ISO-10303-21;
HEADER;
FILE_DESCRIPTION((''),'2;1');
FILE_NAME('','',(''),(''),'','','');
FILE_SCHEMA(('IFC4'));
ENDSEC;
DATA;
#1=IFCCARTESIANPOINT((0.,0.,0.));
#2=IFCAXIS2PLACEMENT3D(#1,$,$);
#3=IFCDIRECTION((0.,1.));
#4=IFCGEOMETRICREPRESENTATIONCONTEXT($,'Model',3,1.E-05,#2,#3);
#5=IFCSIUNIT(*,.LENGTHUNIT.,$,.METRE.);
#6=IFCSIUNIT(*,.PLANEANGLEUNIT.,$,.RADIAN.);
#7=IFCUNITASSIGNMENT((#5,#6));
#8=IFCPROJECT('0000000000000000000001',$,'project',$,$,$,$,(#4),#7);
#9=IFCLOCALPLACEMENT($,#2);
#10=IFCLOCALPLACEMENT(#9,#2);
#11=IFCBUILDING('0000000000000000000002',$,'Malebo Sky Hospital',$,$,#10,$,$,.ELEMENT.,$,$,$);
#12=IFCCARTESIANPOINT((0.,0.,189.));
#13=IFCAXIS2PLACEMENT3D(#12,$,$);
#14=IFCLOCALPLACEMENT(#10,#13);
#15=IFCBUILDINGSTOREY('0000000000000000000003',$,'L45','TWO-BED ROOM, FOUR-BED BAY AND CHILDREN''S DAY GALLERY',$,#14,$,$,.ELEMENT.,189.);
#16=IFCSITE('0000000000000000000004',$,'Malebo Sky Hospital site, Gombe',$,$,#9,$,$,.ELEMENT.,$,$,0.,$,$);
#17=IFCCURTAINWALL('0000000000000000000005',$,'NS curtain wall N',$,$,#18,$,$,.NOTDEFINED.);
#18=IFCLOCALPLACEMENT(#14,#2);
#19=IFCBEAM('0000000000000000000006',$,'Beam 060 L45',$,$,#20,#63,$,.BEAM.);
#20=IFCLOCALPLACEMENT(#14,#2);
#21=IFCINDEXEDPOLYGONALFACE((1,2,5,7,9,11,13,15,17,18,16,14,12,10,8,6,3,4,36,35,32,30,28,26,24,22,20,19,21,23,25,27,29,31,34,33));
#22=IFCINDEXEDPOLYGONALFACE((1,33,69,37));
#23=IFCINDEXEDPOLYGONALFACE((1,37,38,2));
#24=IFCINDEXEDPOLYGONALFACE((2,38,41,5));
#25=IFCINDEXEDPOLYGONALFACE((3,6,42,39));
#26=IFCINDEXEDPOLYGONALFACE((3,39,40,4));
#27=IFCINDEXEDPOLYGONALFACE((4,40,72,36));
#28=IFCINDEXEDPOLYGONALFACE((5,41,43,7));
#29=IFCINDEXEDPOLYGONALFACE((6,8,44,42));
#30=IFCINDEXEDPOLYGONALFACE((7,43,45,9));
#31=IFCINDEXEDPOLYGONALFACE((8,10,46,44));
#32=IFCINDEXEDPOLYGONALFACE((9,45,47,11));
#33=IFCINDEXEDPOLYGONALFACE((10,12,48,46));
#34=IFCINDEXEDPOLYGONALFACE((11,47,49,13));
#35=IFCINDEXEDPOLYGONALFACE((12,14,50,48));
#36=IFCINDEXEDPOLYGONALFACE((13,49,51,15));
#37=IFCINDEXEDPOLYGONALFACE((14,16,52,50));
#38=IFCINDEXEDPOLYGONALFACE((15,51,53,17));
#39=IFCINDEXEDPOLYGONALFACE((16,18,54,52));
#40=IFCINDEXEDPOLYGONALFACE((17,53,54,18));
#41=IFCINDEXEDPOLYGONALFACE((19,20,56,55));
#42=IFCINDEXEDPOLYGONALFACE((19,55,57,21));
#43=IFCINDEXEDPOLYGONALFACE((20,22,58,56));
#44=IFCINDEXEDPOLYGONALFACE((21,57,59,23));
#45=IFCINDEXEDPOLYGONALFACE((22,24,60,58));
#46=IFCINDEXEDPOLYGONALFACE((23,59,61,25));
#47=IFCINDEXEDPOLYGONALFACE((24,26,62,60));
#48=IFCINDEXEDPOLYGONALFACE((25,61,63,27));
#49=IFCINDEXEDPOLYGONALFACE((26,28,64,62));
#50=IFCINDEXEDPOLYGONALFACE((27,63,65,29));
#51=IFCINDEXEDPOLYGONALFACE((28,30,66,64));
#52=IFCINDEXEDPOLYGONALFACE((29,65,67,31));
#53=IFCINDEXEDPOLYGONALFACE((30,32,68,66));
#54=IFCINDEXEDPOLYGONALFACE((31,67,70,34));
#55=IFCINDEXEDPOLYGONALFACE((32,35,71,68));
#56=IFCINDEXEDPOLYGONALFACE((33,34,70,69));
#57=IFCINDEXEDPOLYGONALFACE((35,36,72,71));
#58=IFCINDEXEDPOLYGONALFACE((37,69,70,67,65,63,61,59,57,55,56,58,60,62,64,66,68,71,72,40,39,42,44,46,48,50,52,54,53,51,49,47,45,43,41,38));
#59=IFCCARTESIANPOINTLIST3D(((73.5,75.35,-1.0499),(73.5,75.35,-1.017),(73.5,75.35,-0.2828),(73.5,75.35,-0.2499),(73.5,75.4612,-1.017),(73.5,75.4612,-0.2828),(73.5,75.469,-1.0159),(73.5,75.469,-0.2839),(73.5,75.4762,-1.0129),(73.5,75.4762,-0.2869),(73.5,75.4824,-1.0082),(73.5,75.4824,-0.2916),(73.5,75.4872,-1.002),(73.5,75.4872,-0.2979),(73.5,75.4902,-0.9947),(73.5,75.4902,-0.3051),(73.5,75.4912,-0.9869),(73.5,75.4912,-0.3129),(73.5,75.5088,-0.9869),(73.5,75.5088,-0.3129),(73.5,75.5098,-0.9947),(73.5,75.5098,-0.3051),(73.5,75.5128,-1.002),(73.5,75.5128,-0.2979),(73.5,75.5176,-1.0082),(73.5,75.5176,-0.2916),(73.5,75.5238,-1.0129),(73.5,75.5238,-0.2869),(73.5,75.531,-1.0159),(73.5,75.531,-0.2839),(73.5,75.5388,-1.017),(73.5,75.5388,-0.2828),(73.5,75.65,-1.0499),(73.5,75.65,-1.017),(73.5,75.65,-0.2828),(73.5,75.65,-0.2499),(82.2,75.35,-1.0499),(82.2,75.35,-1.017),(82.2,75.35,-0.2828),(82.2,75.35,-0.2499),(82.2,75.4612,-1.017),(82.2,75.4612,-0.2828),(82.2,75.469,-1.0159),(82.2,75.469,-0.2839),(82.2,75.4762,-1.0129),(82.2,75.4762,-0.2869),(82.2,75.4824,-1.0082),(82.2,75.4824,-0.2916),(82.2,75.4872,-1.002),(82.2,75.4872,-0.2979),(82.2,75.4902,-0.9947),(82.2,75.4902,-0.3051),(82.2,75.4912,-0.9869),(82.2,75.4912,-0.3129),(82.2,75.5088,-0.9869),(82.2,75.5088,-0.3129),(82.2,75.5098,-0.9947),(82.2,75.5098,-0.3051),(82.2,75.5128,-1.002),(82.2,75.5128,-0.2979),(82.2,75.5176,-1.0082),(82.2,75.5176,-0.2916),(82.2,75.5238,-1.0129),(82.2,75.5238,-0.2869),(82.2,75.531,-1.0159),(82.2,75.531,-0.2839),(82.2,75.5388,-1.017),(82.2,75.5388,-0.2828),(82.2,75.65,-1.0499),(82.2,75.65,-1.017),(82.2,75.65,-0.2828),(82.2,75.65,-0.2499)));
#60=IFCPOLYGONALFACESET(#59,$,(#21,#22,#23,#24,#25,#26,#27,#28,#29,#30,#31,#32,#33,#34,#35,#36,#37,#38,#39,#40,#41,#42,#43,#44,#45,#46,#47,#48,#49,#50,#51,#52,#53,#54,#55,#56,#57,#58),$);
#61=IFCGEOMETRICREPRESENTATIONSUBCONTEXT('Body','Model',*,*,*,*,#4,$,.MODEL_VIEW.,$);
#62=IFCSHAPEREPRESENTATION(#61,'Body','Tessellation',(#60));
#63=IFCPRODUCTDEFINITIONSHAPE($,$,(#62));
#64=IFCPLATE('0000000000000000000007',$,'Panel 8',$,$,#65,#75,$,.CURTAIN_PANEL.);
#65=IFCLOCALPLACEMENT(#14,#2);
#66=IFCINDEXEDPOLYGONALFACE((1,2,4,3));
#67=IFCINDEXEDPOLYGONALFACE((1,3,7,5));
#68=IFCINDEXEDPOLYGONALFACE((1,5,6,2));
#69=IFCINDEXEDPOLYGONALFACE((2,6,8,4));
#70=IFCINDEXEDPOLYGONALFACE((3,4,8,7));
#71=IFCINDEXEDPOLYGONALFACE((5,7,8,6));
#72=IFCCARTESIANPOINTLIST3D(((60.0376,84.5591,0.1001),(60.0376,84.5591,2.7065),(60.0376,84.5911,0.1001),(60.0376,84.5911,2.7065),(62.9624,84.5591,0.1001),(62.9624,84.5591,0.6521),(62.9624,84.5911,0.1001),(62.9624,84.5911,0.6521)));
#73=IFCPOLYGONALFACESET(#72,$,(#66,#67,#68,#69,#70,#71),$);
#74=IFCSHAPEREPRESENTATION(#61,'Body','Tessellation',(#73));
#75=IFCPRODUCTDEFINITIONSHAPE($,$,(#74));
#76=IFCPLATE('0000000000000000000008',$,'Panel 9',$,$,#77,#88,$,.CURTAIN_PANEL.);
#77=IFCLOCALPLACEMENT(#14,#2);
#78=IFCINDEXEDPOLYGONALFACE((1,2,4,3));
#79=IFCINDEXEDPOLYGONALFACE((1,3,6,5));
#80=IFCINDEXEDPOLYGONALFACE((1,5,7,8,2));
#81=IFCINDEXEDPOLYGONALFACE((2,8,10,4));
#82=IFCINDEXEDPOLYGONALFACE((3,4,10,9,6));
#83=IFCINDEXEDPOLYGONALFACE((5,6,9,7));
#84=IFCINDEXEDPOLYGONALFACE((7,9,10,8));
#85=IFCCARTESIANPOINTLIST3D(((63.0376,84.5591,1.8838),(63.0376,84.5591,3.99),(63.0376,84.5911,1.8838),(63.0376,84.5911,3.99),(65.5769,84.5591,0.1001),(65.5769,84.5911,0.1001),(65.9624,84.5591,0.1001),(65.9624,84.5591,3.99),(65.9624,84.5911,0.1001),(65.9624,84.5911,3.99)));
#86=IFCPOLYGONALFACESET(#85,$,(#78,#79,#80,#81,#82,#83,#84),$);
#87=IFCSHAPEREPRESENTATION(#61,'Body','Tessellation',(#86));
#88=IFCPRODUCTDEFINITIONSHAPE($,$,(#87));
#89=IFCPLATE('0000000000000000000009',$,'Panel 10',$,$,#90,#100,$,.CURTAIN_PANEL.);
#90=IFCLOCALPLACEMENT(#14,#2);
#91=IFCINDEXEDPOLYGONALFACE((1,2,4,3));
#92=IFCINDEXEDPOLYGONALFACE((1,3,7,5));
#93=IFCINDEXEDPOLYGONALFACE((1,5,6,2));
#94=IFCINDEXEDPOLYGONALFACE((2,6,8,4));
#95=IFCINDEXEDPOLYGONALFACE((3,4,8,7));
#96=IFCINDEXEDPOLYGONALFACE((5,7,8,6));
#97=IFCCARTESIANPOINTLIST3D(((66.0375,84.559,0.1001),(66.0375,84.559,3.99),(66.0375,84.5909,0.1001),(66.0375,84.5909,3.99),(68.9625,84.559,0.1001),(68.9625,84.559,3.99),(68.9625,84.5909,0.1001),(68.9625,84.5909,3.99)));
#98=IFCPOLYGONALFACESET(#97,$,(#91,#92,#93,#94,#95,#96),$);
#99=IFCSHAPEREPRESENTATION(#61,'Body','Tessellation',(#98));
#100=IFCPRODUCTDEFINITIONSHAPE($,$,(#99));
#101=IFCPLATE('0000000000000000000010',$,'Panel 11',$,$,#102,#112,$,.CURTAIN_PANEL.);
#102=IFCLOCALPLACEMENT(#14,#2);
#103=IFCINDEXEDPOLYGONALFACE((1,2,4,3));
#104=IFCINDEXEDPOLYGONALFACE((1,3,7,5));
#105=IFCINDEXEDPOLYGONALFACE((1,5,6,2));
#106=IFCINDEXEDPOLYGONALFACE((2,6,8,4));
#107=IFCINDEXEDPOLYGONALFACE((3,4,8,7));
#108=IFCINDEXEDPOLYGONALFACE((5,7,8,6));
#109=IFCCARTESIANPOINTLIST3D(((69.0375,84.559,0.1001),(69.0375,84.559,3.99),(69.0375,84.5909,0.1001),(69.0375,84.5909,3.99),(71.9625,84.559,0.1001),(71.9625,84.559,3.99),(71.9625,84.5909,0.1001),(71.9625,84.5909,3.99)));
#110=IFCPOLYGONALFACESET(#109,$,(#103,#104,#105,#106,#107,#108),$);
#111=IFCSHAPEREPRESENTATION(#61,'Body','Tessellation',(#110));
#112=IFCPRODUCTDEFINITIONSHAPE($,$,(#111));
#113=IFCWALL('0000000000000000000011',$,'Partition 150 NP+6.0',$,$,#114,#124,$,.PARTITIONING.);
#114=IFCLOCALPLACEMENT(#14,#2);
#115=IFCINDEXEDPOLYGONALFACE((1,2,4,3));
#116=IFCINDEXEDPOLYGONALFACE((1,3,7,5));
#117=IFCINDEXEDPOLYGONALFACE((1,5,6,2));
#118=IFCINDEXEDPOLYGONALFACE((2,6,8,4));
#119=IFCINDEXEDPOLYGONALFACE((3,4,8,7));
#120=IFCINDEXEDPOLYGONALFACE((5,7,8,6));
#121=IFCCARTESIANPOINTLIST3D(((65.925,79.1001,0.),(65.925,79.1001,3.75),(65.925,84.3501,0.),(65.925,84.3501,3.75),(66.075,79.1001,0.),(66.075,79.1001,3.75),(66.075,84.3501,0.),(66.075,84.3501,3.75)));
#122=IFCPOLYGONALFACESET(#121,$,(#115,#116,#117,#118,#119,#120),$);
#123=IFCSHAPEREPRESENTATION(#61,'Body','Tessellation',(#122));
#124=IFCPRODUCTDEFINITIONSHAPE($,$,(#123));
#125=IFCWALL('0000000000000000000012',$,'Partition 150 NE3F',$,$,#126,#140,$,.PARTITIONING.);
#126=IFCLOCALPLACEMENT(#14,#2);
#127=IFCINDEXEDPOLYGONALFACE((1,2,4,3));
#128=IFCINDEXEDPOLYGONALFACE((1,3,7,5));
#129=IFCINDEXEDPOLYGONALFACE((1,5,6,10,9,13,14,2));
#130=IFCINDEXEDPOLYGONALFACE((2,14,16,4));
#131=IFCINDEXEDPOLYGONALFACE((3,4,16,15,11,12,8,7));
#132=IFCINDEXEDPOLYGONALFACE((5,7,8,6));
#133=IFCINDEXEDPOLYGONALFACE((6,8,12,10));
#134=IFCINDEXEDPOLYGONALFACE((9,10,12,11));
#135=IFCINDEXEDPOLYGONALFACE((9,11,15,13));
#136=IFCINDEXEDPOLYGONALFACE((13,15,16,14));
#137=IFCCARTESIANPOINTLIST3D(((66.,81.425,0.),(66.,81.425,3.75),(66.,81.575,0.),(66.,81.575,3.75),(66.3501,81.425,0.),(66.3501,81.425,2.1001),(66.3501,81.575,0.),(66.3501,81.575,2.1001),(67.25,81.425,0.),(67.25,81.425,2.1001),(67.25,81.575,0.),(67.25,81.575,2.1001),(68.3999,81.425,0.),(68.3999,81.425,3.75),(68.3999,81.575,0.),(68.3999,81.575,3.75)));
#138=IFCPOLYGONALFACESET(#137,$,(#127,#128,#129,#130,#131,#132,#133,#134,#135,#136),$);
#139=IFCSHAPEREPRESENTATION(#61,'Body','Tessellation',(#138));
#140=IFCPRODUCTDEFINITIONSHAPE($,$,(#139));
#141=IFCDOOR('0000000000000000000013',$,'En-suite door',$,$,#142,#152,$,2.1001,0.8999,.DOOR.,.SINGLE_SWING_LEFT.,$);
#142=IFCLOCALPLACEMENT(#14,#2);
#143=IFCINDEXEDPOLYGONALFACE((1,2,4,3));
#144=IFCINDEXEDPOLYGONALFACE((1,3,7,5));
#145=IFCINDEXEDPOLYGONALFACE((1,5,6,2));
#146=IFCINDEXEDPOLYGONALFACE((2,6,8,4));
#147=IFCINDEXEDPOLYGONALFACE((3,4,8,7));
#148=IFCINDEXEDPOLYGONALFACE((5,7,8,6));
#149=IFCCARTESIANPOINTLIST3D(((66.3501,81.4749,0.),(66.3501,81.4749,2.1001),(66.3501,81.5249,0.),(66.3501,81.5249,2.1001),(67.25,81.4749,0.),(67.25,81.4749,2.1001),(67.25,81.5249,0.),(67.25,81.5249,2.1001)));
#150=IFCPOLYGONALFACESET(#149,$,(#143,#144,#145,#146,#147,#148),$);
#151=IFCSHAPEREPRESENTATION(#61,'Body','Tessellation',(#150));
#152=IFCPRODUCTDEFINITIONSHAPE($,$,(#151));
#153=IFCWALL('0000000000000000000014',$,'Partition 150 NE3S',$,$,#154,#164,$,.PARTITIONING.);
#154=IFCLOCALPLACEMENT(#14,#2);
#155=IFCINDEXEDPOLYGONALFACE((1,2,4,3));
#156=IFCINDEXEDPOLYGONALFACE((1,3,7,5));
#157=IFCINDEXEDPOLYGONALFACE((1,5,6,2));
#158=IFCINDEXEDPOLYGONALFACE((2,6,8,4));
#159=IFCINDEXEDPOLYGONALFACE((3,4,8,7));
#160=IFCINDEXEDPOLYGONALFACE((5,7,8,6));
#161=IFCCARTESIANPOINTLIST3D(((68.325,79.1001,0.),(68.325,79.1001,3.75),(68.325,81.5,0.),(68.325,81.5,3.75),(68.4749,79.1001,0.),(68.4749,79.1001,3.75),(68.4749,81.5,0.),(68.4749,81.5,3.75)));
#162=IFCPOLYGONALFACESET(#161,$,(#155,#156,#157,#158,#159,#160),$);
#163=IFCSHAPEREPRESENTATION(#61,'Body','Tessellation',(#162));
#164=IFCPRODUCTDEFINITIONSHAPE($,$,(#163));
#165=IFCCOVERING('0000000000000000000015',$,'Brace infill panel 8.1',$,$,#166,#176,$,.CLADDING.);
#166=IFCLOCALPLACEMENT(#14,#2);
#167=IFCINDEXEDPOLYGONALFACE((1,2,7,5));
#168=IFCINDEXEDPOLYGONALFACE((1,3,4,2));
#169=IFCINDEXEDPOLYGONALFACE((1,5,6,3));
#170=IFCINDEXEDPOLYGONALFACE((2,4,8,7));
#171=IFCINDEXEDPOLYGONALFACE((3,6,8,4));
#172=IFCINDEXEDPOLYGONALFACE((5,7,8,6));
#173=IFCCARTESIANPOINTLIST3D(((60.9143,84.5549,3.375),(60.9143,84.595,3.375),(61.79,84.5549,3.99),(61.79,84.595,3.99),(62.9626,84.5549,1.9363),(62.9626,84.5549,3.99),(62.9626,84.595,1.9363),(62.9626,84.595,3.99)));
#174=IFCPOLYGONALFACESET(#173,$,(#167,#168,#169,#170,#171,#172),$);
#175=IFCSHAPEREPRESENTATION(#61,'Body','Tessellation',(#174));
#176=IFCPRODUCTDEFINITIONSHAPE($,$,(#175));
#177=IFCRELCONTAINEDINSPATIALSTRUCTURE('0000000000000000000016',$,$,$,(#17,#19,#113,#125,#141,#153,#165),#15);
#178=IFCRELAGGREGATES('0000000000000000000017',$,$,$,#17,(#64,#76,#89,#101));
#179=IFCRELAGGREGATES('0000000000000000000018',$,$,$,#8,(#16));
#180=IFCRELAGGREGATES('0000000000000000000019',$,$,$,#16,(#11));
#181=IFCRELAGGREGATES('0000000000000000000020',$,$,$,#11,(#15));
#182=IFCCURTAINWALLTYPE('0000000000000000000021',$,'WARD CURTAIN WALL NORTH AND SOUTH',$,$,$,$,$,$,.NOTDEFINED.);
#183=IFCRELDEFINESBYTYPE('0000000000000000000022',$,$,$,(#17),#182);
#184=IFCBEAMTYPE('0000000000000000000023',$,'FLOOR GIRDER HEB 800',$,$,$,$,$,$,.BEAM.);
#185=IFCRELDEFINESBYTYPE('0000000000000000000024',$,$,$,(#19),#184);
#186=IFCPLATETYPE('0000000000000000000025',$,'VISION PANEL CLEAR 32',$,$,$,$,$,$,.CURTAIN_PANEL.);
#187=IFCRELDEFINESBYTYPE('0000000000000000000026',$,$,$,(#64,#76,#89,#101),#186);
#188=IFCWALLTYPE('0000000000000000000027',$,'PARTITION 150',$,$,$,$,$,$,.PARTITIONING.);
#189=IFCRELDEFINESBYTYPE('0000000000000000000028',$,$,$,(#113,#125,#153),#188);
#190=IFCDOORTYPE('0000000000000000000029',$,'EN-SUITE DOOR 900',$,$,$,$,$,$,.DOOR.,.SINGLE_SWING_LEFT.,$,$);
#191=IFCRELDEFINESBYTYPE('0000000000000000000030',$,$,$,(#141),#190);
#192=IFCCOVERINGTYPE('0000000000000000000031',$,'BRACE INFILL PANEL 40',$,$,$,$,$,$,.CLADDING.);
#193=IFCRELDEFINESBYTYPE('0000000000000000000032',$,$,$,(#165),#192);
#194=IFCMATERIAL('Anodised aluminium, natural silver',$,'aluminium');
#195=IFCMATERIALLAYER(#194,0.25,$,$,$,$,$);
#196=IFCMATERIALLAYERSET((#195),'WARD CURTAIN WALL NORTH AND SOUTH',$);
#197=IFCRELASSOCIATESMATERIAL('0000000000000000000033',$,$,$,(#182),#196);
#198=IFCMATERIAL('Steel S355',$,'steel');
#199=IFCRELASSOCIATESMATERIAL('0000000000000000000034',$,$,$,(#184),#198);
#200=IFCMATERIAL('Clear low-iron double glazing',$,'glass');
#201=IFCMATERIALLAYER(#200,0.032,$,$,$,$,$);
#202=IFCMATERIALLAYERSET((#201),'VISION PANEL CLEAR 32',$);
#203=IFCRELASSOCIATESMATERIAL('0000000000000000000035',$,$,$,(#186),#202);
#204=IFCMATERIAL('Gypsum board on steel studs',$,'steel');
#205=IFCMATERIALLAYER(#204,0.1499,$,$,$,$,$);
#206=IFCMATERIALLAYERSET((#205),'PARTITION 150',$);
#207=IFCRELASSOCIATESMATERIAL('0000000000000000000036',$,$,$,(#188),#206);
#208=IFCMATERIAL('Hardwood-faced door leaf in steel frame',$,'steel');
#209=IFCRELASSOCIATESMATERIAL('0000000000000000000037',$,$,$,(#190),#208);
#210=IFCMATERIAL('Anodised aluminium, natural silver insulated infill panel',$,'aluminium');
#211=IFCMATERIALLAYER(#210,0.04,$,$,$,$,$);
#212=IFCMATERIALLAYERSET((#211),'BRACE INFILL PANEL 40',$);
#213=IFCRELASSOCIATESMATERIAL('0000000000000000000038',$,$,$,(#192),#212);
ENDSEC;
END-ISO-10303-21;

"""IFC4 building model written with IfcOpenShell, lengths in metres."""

from ifc_helpers import new_model, si_unit, direction, frame, frame_2d, origin, origin_2d, place, context, subcontext, project, spatial, polyline, rectangle, i_section, outline, extrude, material, layer, layer_set, material_profile, profile_set, type_object, element, fill, aggregate, save


model = new_model("IFC4")

# Units and contexts
model_context = context("Model", 3, precision=1e-05, world=origin(), true_north=direction((0.0, 1.0)))
body_context = subcontext(model_context, "Body", "Model", "MODEL_VIEW")
ifc_project = project(units=[si_unit("LENGTHUNIT", "METRE"), si_unit("PLANEANGLEUNIT", "RADIAN")], contexts=[model_context])

# Site, building, storey
site_placement = place(None, origin())
site = spatial("IfcSite", under=ifc_project, at=site_placement, Name="Malebo Sky Hospital site, Gombe", CompositionType="ELEMENT", RefElevation=0.0)
building_placement = place(site_placement, origin())
building = spatial("IfcBuilding", under=site, at=building_placement, Name="Malebo Sky Hospital", CompositionType="ELEMENT")
storey_placement = place(building_placement, frame((0.0, 0.0, 189.0)))
storey = spatial("IfcBuildingStorey", under=building, at=storey_placement, Name="L45", Description="TWO-BED ROOM, FOUR-BED BAY AND CHILDREN'S DAY GALLERY", CompositionType="ELEMENT", Elevation=189.0)

# Curtain wall
ifc_material_1 = material(Name="Anodised aluminium, natural silver", Category="aluminium")
ifc_layer_1 = layer(ifc_material_1, 0.25)
ifc_layer_set_1 = layer_set([ifc_layer_1], Name="WARD CURTAIN WALL NORTH AND SOUTH")
curtain_wall_type = type_object("IfcCurtainWallType", Name="WARD CURTAIN WALL NORTH AND SOUTH", PredefinedType="NOTDEFINED", material=ifc_layer_set_1)
curtain_wall_placement = place(storey_placement, origin())
curtain_wall = element("IfcCurtainWall", 1, at=curtain_wall_placement, inside=storey, type_object=curtain_wall_type, Name="NS curtain wall N", PredefinedType="NOTDEFINED")

# Shared definitions
ifc_material_2 = material(Name="Steel S355", Category="steel")

# Beam
ifc_material_profile_1 = material_profile(ifc_material_2, i_section(OverallWidth=0.3, OverallDepth=0.8, WebThickness=0.0176, FlangeThickness=0.033, FilletRadius=0.03, at=origin_2d()), Name="HEB 800")
ifc_profile_set_1 = profile_set([ifc_material_profile_1], Name="Steel S355")
beam_type_1 = type_object("IfcBeamType", Name="FLOOR GIRDER HEB 800", PredefinedType="BEAM", material=ifc_profile_set_1)
for number, where, z_axis, x_axis, name in (
    (2, (73.5, 75.5, -0.6499), (1.0, 0.0, 0.0), (0.0, 1.0, 0.0), "Beam 060 L45"),
):
    element("IfcBeam", number, at=place(storey_placement, frame(where, z_axis=z_axis, x_axis=x_axis)), inside=storey, type_object=beam_type_1, Name=name, PredefinedType="BEAM", context=body_context, shape_type="SweptSolid", body=[
        extrude(i_section(OverallWidth=0.3, OverallDepth=0.8, WebThickness=0.0176, FlangeThickness=0.033, FilletRadius=0.03, at=origin_2d()), origin(), (0.0, 0.0, 1.0), 8.7),
    ])

# Plates
ifc_material_3 = material(Name="Clear low-iron double glazing", Category="glass")
ifc_layer_2 = layer(ifc_material_3, 0.032)
ifc_layer_set_2 = layer_set([ifc_layer_2], Name="VISION PANEL CLEAR 32")
plate_type = type_object("IfcPlateType", Name="VISION PANEL CLEAR 32", PredefinedType="CURTAIN_PANEL", material=ifc_layer_set_2)
plate_1_placement = place(storey_placement, frame((61.5, 84.575, 0.1001), z_axis=(0.0, 0.0, 1.0), x_axis=(1.0, 0.0, 0.0)))
plate_1 = element("IfcPlate", 3, at=plate_1_placement, type_object=plate_type, Name="Panel 8", PredefinedType="CURTAIN_PANEL", context=body_context, shape_type="SweptSolid", body=[
    extrude(outline(polyline([(-1.4624, 0.0), (1.4624, 0.0), (1.4624, 0.552), (-1.4624, 2.6064), (-1.4624, 0.0)])), frame((0.0, 0.0161, 0.0), z_axis=(0.0, -1.0, 0.0), x_axis=(1.0, 0.0, 0.0)), (0.0, 0.0, 1.0), 0.032),
])
plate_2_placement = place(storey_placement, frame((64.5, 84.575, 0.1001), z_axis=(0.0, 0.0, 1.0), x_axis=(1.0, 0.0, 0.0)))
plate_2 = element("IfcPlate", 4, at=plate_2_placement, type_object=plate_type, Name="Panel 9", PredefinedType="CURTAIN_PANEL", context=body_context, shape_type="SweptSolid", body=[
    extrude(outline(polyline([(1.0769, 0.0), (1.4624, 0.0), (1.4624, 3.8899), (-1.4624, 3.8899), (-1.4624, 1.7837), (1.0769, 0.0)])), frame((0.0, 0.0161, 0.0), z_axis=(0.0, -1.0, 0.0), x_axis=(1.0, 0.0, 0.0)), (0.0, 0.0, 1.0), 0.032),
])
plate_3_placement = place(storey_placement, frame((67.5, 84.575, 0.1001), z_axis=(0.0, 0.0, 1.0), x_axis=(1.0, 0.0, 0.0)))
plate_3 = element("IfcPlate", 5, at=plate_3_placement, type_object=plate_type, Name="Panel 10", PredefinedType="CURTAIN_PANEL", context=body_context, shape_type="SweptSolid", body=[
    extrude(rectangle(XDim=2.925, YDim=0.032, at=origin_2d()), origin(), (0.0, 0.0, 1.0), 3.8899),
])
plate_4_placement = place(storey_placement, frame((70.5, 84.575, 0.1001), z_axis=(0.0, 0.0, 1.0), x_axis=(1.0, 0.0, 0.0)))
plate_4 = element("IfcPlate", 6, at=plate_4_placement, type_object=plate_type, Name="Panel 11", PredefinedType="CURTAIN_PANEL", context=body_context, shape_type="SweptSolid", body=[
    extrude(rectangle(XDim=2.925, YDim=0.032, at=origin_2d()), origin(), (0.0, 0.0, 1.0), 3.8899),
])
aggregate(curtain_wall, [plate_1, plate_2, plate_3, plate_4])

# Wall
ifc_material_4 = material(Name="Gypsum board on steel studs", Category="steel")
ifc_layer_3 = layer(ifc_material_4, 0.1499)
ifc_layer_set_3 = layer_set([ifc_layer_3], Name="PARTITION 150")
wall_type = type_object("IfcWallType", Name="PARTITION 150", PredefinedType="PARTITIONING", material=ifc_layer_set_3)
wall_1_placement = place(storey_placement, frame((66.0, 79.1001, 0.0), z_axis=(0.0, 0.0, 1.0), x_axis=(0.0, 1.0, 0.0)))
element("IfcWall", 7, at=wall_1_placement, inside=storey, type_object=wall_type, Name="Partition 150 NP+6.0", PredefinedType="PARTITIONING", context=body_context, shape_type="SweptSolid", body=[
    extrude(rectangle(XDim=5.25, YDim=0.1499, at=frame_2d((2.625, 0.0))), origin(), (0.0, 0.0, 1.0), 3.75),
])

# Wall, opening, door
wall_2_placement = place(storey_placement, frame((66.0, 81.5, 0.0), z_axis=(0.0, 0.0, 1.0), x_axis=(1.0, 0.0, 0.0)))
wall_2 = element("IfcWall", 8, at=wall_2_placement, inside=storey, type_object=wall_type, Name="Partition 150 NE3F", PredefinedType="PARTITIONING", context=body_context, shape_type="SweptSolid", body=[
    extrude(rectangle(XDim=2.3999, YDim=0.1499, at=frame_2d((1.2, 0.0))), origin(), (0.0, 0.0, 1.0), 3.75),
])
opening_placement = place(wall_2_placement, frame((0.3501, 0.0, 0.0)))
opening = element("IfcOpeningElement", 9, at=opening_placement, cuts=wall_2, PredefinedType="OPENING", context=body_context, shape_type="SweptSolid", body=[
    extrude(rectangle(XDim=0.8999, YDim=2.1001, at=frame_2d((0.45, 1.05))), frame((0.0, 0.085, 0.0), z_axis=(0.0, -1.0, 0.0), x_axis=(1.0, 0.0, 0.0)), (0.0, 0.0, 1.0), 0.1699),
])
ifc_material_5 = material(Name="Hardwood-faced door leaf in steel frame", Category="steel")
door_type = type_object("IfcDoorType", Name="EN-SUITE DOOR 900", OperationType="SINGLE_SWING_LEFT", PredefinedType="DOOR", material=ifc_material_5)
door_placement = place(opening_placement, origin())
door = element("IfcDoor", 10, at=door_placement, inside=storey, type_object=door_type, Name="En-suite door", OperationType="SINGLE_SWING_LEFT", OverallHeight=2.1001, OverallWidth=0.8999, PredefinedType="DOOR", context=body_context, shape_type="SweptSolid", body=[
    extrude(rectangle(XDim=0.8999, YDim=2.1001, at=frame_2d((0.45, 1.05))), frame((0.0, 0.0249, 0.0), z_axis=(0.0, -1.0, 0.0), x_axis=(1.0, 0.0, 0.0)), (0.0, 0.0, 1.0), 0.05),
])
fill(opening, door)

# Wall
wall_3_placement = place(storey_placement, frame((68.3999, 79.1001, 0.0), z_axis=(0.0, 0.0, 1.0), x_axis=(0.0, 1.0, 0.0)))
element("IfcWall", 11, at=wall_3_placement, inside=storey, type_object=wall_type, Name="Partition 150 NE3S", PredefinedType="PARTITIONING", context=body_context, shape_type="SweptSolid", body=[
    extrude(rectangle(XDim=2.3999, YDim=0.1499, at=frame_2d((1.2, 0.0))), origin(), (0.0, 0.0, 1.0), 3.75),
])

# Covering
ifc_material_6 = material(Name="Anodised aluminium, natural silver insulated infill panel", Category="aluminium")
ifc_layer_4 = layer(ifc_material_6, 0.04)
ifc_layer_set_4 = layer_set([ifc_layer_4], Name="BRACE INFILL PANEL 40")
covering_type = type_object("IfcCoveringType", Name="BRACE INFILL PANEL 40", PredefinedType="CLADDING", material=ifc_layer_set_4)
covering_1_placement = place(storey_placement, frame((61.9385, 84.575, 1.9363), z_axis=(0.0, 0.0, 1.0), x_axis=(1.0, 0.0, 0.0)))
element("IfcCovering", 12, at=covering_1_placement, inside=storey, type_object=covering_type, Name="Brace infill panel 8.1", PredefinedType="CLADDING", context=body_context, shape_type="SweptSolid", body=[
    extrude(outline(polyline([(1.0242, 0.0), (1.0242, 2.0537), (-0.1484, 2.0537), (-1.0242, 1.4387), (1.0242, 0.0)])), frame((0.0, 0.02, 0.0), z_axis=(0.0, -1.0, 0.0), x_axis=(1.0, 0.0, 0.0)), (0.0, 0.0, 1.0), 0.04),
])

save(model, "model.ifc")
